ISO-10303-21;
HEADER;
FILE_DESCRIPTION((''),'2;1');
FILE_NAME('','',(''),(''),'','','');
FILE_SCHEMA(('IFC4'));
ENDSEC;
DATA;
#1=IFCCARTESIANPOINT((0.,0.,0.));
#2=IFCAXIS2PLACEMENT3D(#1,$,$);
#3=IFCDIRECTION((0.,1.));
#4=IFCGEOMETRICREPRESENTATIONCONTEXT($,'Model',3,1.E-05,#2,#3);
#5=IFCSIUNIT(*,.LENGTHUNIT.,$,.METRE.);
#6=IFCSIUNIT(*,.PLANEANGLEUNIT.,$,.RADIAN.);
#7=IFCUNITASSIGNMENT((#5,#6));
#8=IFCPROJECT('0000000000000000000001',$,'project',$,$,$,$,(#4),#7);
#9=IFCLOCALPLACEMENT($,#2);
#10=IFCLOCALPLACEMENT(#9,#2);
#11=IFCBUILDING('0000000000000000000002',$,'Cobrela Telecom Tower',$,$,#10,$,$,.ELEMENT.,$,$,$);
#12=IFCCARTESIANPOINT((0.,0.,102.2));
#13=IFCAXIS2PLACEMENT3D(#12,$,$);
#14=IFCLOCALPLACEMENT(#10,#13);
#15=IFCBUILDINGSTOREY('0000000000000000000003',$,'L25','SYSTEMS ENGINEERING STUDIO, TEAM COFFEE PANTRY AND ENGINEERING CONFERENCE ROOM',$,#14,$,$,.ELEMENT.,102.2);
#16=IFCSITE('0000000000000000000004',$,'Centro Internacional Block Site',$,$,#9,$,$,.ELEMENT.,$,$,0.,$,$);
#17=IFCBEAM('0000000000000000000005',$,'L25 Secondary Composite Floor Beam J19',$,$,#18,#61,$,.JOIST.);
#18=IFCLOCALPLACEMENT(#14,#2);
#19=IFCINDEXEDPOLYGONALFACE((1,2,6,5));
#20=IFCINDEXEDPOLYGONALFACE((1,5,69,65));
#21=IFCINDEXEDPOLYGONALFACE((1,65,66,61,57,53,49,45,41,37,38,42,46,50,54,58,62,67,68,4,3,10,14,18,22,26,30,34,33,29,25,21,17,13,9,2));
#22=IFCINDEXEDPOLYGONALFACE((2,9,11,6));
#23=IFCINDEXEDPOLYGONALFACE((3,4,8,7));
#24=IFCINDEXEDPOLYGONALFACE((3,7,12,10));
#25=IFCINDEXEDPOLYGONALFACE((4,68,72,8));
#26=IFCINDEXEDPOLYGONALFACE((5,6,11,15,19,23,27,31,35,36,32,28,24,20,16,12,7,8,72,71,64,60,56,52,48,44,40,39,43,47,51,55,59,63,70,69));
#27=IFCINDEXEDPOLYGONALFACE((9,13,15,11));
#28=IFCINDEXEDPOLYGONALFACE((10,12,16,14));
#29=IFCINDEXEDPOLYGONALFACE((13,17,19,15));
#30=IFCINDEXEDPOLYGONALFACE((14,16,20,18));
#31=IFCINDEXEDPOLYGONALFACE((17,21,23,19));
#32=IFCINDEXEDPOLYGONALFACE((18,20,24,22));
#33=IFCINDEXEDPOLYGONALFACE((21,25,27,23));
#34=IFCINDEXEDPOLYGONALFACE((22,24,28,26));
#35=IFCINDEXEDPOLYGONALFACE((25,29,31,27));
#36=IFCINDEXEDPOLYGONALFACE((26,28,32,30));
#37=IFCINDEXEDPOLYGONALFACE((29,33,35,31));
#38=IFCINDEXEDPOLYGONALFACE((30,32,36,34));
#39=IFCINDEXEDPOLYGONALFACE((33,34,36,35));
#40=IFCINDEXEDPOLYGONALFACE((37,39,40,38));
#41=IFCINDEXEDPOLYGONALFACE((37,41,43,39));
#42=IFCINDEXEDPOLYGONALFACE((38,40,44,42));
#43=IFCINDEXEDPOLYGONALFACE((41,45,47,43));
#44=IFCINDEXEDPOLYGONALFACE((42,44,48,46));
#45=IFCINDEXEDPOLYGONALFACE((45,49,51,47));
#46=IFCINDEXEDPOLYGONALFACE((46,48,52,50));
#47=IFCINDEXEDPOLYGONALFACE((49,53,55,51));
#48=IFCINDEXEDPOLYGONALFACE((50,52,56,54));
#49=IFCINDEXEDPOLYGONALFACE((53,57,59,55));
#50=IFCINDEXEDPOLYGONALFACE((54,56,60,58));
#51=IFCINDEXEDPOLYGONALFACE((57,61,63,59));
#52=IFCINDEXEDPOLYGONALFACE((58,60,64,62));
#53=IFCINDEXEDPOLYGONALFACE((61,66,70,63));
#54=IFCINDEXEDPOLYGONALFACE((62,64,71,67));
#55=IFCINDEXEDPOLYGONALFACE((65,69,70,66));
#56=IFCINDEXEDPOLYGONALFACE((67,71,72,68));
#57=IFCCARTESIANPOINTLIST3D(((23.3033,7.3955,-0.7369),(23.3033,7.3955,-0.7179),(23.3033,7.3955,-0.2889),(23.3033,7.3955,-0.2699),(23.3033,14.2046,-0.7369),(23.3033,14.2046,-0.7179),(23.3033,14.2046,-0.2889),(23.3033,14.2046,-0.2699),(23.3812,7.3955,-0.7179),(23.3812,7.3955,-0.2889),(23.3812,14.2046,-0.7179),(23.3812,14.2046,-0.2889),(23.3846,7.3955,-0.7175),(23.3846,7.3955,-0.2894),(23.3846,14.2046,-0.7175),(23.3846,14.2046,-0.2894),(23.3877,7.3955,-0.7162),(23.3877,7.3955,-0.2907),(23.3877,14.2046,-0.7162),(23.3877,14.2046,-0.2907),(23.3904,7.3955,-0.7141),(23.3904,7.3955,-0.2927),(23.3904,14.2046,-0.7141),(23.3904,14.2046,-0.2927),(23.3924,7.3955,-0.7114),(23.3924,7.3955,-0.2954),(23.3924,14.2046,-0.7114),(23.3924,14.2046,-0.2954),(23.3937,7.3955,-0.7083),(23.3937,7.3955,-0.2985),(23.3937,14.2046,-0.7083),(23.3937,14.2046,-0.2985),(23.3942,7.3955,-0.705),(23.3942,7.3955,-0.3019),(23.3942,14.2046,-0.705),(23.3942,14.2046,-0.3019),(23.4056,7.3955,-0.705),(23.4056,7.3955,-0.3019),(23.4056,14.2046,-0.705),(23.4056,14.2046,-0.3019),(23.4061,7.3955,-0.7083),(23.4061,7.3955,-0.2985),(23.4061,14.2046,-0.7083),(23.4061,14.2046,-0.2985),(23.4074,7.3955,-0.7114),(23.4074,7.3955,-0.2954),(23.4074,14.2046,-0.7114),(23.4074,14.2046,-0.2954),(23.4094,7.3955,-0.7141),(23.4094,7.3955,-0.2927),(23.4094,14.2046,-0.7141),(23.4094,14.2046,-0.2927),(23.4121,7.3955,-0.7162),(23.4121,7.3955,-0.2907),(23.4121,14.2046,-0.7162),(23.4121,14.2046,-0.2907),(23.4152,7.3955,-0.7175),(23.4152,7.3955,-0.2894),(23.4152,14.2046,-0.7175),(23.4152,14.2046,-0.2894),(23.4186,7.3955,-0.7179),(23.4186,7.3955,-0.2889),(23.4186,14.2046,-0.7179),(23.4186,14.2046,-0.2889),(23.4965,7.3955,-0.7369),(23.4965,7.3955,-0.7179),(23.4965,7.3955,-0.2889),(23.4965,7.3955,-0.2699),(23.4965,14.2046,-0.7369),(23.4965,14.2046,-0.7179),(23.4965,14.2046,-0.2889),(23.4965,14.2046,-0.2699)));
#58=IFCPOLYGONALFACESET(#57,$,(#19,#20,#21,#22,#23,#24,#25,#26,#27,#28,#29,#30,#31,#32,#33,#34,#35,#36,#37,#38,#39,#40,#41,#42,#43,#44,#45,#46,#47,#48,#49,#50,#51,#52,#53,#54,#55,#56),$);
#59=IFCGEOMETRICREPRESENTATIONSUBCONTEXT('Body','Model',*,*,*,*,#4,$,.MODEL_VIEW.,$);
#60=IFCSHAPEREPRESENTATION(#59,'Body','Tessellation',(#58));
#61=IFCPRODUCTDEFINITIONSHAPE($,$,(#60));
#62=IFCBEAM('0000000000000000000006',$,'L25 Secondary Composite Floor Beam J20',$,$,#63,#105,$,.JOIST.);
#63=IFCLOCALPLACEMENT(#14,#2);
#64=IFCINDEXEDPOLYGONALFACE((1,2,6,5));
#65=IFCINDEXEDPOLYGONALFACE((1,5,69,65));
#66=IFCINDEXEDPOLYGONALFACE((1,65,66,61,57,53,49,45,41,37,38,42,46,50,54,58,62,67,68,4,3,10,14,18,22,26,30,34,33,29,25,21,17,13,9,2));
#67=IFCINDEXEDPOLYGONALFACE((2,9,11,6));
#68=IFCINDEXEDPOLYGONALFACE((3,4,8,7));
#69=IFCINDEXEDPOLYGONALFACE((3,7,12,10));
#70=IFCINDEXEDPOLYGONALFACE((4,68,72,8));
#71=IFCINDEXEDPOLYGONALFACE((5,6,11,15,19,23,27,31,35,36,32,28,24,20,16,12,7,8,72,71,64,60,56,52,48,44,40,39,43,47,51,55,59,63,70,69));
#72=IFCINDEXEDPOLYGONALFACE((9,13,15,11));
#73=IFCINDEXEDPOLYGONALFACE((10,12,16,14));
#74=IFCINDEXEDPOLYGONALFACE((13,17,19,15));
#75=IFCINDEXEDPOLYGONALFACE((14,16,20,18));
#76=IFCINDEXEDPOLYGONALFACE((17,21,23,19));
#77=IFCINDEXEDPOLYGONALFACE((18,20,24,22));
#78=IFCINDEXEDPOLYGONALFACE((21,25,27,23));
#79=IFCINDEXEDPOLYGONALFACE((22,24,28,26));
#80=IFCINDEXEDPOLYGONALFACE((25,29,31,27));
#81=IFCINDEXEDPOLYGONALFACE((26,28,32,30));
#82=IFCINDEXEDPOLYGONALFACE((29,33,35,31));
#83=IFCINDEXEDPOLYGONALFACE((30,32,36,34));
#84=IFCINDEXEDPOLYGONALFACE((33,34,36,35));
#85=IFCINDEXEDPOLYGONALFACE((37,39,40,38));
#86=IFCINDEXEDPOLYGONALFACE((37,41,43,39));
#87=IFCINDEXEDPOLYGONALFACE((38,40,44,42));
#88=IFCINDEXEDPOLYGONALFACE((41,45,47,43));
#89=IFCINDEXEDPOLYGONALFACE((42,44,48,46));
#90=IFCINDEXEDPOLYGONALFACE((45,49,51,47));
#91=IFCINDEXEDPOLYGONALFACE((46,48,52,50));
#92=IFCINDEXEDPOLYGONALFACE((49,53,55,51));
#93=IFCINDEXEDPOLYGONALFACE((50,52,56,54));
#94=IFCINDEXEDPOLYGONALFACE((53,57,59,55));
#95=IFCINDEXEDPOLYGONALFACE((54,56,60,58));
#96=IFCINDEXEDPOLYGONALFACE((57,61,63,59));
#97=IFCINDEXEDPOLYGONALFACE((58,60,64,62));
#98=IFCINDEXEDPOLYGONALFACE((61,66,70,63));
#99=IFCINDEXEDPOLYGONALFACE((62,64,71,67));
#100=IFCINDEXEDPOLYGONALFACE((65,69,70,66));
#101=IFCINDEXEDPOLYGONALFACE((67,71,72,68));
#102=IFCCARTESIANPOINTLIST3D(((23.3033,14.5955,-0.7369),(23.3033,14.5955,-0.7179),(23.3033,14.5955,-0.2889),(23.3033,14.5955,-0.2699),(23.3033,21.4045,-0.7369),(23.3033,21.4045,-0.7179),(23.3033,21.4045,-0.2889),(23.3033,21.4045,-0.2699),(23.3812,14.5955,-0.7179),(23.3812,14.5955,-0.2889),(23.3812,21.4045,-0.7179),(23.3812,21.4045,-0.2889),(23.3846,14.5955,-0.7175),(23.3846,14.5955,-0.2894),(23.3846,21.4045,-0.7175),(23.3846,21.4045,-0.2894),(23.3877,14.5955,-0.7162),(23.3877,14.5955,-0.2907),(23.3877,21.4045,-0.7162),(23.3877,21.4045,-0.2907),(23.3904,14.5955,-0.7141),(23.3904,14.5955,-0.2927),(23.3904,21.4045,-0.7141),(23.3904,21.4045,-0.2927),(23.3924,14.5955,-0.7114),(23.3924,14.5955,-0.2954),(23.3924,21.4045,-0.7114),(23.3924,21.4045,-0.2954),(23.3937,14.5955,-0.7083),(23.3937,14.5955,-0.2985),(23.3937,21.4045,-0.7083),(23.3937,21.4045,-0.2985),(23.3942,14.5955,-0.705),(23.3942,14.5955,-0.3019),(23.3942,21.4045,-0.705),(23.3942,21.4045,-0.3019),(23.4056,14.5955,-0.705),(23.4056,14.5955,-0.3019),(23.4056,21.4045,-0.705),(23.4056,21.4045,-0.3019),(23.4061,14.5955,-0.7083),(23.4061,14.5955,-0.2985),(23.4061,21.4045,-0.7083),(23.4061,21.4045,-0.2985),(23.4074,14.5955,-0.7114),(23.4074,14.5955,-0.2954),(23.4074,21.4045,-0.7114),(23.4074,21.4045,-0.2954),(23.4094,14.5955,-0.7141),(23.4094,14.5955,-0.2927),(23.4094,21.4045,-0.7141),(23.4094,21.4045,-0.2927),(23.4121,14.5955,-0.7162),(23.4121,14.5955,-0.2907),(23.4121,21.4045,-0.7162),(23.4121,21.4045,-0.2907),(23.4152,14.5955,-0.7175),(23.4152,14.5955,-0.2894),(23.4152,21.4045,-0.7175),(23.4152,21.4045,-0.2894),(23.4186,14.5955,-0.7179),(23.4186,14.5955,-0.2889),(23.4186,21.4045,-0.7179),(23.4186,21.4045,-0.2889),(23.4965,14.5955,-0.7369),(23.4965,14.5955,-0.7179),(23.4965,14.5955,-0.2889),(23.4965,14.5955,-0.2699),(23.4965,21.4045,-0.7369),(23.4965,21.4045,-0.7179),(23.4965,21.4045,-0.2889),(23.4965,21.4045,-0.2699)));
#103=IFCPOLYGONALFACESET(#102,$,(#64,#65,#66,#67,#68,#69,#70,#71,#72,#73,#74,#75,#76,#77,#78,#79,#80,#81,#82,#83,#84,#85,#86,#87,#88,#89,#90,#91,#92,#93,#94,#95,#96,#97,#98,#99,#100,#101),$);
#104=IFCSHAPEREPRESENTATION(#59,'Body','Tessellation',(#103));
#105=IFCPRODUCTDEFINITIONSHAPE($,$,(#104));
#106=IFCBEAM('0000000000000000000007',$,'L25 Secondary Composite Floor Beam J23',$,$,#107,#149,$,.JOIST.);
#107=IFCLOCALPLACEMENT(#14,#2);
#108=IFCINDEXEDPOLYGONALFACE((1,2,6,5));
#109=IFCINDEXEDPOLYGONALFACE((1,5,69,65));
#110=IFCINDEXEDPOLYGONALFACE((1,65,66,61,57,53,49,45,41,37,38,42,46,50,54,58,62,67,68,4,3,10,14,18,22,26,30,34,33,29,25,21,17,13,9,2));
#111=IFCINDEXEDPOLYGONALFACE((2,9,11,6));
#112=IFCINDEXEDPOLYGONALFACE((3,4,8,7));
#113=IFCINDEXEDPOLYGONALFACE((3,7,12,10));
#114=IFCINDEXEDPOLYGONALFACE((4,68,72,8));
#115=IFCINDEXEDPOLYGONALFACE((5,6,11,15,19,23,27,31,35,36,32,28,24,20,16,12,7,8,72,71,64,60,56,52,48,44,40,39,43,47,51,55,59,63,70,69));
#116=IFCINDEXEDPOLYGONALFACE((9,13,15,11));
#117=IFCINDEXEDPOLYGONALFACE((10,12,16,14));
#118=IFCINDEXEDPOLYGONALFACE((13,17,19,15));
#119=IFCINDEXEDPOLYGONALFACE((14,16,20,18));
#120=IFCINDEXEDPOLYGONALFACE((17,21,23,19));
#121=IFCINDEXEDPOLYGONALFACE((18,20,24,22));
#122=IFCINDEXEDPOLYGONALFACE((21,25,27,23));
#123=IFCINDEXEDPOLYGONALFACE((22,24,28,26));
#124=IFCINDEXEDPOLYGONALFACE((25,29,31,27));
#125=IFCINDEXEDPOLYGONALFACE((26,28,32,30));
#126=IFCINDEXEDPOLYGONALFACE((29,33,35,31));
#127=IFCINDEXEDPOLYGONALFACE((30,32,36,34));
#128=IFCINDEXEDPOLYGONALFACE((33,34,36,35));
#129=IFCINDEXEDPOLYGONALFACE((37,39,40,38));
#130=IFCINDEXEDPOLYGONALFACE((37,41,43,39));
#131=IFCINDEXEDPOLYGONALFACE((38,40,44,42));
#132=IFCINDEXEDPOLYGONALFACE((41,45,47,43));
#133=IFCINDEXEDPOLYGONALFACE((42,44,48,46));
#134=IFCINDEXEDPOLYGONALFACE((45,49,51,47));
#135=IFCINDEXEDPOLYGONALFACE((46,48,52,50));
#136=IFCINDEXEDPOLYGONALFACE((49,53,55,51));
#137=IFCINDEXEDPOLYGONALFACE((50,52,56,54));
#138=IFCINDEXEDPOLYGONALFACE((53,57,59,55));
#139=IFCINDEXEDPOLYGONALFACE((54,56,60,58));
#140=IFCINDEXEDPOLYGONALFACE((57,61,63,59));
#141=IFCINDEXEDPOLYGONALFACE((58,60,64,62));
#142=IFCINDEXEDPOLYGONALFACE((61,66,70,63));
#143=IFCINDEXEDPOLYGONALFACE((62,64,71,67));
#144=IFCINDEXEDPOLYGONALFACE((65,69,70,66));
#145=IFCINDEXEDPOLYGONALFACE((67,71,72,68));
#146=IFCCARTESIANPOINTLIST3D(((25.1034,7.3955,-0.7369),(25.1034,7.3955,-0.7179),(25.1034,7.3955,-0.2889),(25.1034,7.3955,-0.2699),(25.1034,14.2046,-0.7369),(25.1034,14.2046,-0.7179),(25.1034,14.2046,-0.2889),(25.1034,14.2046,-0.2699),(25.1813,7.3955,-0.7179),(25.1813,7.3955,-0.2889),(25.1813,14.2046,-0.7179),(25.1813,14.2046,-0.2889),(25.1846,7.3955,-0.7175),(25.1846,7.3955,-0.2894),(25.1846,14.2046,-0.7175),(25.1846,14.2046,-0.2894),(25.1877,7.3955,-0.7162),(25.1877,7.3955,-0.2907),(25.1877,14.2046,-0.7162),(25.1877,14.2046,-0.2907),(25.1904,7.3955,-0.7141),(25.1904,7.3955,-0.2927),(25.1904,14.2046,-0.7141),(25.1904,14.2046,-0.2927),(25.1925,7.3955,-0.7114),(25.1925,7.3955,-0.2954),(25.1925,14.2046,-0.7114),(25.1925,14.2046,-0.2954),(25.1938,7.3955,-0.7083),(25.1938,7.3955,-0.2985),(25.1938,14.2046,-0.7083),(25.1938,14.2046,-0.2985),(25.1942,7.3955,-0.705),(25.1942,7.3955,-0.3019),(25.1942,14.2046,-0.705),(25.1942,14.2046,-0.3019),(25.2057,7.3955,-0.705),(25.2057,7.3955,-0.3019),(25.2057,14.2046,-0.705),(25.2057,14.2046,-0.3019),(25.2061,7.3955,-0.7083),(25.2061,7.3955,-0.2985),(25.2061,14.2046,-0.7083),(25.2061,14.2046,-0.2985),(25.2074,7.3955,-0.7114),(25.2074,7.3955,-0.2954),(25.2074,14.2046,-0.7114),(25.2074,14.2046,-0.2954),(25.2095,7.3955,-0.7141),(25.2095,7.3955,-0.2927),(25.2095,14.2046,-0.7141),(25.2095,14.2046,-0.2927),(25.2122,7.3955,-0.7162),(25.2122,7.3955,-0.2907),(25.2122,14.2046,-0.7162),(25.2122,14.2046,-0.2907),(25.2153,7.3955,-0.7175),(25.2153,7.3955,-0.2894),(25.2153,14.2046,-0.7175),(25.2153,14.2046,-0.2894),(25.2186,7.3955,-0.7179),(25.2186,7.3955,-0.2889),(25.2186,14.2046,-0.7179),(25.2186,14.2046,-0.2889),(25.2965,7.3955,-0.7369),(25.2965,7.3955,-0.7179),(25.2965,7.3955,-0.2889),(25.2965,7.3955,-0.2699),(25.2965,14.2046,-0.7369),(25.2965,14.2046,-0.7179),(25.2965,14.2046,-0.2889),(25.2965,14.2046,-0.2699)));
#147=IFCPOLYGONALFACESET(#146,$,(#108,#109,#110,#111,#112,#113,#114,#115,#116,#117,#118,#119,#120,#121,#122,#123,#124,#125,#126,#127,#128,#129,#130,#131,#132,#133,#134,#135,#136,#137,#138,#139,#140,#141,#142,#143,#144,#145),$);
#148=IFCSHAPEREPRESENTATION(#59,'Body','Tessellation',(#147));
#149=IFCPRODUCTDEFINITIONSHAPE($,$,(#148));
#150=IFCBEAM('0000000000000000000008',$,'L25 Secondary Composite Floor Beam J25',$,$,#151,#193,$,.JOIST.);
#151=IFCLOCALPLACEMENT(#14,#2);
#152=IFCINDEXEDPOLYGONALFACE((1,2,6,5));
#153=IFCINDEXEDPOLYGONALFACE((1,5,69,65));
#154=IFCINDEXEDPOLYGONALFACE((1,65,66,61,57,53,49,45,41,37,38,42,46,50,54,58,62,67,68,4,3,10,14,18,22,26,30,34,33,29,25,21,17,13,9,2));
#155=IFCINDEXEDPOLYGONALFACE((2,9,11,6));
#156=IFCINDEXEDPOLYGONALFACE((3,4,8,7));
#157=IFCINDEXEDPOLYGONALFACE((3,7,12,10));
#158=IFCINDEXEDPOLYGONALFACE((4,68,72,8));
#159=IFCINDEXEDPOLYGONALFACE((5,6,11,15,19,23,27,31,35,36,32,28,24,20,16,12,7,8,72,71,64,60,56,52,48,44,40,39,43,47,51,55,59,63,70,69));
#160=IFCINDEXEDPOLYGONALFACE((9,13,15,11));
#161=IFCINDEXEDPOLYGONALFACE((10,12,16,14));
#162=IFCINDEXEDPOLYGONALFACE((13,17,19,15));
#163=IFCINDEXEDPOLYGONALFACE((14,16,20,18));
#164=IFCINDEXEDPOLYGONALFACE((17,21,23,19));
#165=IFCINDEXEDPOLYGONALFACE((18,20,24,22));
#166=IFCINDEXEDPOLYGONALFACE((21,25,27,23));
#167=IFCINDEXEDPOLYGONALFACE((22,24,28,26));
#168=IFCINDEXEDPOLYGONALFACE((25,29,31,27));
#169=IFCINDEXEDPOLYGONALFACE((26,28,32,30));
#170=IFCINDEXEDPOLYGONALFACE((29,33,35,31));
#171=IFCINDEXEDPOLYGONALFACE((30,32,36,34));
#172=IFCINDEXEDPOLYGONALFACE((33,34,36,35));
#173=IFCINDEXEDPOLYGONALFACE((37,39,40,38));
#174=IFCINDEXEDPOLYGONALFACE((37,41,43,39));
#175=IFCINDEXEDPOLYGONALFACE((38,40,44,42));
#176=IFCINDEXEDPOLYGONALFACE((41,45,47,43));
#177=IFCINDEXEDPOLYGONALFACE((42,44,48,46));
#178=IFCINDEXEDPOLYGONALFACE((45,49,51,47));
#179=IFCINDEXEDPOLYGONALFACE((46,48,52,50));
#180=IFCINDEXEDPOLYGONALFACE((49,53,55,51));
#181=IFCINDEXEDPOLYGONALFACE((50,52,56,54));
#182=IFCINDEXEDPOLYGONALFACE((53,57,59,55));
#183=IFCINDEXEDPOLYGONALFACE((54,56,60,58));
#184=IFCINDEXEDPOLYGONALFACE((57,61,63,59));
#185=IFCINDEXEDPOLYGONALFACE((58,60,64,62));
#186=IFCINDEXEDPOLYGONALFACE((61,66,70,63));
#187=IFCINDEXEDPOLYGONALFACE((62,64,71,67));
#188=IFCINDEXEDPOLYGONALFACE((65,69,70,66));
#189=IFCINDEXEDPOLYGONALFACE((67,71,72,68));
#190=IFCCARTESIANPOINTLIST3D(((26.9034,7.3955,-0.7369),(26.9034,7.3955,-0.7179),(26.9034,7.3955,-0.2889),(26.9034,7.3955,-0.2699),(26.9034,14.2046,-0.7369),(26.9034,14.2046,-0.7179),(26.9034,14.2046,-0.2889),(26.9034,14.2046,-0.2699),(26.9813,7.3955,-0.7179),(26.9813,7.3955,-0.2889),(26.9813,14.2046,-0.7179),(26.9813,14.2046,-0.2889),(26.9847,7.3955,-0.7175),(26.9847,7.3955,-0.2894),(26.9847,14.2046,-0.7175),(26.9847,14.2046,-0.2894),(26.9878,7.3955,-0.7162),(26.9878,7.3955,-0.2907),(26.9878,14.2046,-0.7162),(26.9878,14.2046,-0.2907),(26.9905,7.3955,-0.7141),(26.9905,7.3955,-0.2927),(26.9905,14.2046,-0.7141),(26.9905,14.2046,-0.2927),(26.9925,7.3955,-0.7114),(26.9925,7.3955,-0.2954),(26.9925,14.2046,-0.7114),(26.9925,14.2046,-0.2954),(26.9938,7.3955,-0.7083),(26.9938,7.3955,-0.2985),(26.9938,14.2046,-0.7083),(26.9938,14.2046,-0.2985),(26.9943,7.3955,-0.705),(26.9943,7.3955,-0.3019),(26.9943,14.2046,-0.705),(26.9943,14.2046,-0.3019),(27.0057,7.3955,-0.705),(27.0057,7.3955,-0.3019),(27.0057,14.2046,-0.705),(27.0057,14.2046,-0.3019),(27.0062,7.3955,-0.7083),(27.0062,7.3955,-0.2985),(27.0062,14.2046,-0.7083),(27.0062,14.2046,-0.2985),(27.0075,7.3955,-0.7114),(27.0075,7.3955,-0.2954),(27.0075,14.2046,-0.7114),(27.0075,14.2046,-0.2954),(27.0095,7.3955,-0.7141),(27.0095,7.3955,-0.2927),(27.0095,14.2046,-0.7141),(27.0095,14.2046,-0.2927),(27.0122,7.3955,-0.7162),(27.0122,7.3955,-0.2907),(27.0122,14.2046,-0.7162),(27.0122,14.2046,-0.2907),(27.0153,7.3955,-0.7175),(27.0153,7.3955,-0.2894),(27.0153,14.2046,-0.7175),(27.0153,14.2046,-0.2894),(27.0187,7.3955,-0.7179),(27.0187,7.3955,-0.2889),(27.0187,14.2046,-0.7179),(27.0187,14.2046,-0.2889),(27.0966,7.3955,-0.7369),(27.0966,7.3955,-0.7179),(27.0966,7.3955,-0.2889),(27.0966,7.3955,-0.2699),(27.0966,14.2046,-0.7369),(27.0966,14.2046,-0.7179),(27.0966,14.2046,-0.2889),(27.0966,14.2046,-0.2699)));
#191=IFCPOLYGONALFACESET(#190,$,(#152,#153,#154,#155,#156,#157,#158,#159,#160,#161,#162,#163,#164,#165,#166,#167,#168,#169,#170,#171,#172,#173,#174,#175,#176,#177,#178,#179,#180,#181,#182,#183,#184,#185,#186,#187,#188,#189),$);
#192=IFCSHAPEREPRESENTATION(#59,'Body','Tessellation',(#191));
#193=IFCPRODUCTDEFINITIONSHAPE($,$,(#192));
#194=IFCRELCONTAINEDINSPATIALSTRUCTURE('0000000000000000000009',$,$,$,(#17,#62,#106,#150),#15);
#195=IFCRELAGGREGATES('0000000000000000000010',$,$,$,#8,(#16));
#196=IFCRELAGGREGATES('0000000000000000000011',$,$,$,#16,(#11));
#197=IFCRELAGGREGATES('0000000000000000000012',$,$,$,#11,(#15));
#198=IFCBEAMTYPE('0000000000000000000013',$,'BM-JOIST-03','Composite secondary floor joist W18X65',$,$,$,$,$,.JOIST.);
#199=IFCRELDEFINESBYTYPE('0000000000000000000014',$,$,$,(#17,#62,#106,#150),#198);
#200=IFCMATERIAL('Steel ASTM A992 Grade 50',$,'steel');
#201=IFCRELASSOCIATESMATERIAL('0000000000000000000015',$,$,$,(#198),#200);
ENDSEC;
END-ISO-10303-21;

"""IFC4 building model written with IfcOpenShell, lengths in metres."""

from ifc_helpers import new_model, si_unit, direction, frame, origin, origin_2d, place, context, subcontext, project, spatial, i_section, extrude, material, material_profile, profile_set, type_object, element, save


model = new_model("IFC4")

# Units and contexts
model_context = context("Model", 3, precision=1e-05, world=origin(), true_north=direction((0.0, 1.0)))
body_context = subcontext(model_context, "Body", "Model", "MODEL_VIEW")
ifc_project = project(units=[si_unit("LENGTHUNIT", "METRE"), si_unit("PLANEANGLEUNIT", "RADIAN")], contexts=[model_context])

# Site, building, storey
site_placement = place(None, origin())
site = spatial("IfcSite", under=ifc_project, at=site_placement, Name="Centro Internacional Block Site", CompositionType="ELEMENT", RefElevation=0.0)
building_placement = place(site_placement, origin())
building = spatial("IfcBuilding", under=site, at=building_placement, Name="Cobrela Telecom Tower", CompositionType="ELEMENT")
storey_placement = place(building_placement, frame((0.0, 0.0, 102.2)))
storey = spatial("IfcBuildingStorey", under=building, at=storey_placement, Name="L25", Description="SYSTEMS ENGINEERING STUDIO, TEAM COFFEE PANTRY AND ENGINEERING CONFERENCE ROOM", CompositionType="ELEMENT", Elevation=102.2)

# Shared definitions
ifc_material_1 = material(Name="Steel ASTM A992 Grade 50", Category="steel")

# Beams
ifc_material_profile_1 = material_profile(ifc_material_1, i_section(OverallWidth=0.1931, OverallDepth=0.467, WebThickness=0.0115, FlangeThickness=0.019, FilletRadius=0.0129, at=origin_2d()), Name="W18X65")
ifc_profile_set_1 = profile_set([ifc_material_profile_1], Name="Steel ASTM A992 Grade 50")
beam_type_1 = type_object("IfcBeamType", Name="BM-JOIST-03", Description="Composite secondary floor joist W18X65", PredefinedType="JOIST", material=ifc_profile_set_1)
for number, where, z_axis, x_axis, name in (
    (1, (23.3999, 7.3955, -0.5034), (0.0, 1.0, 0.0), (-1.0, 0.0, 0.0), "L25 Secondary Composite Floor Beam J19"),
    (2, (23.3999, 14.5955, -0.5034), (0.0, 1.0, 0.0), (-1.0, 0.0, 0.0), "L25 Secondary Composite Floor Beam J20"),
    (3, (25.2, 7.3955, -0.5034), (0.0, 1.0, 0.0), (-1.0, 0.0, 0.0), "L25 Secondary Composite Floor Beam J23"),
    (4, (27.0, 7.3955, -0.5034), (0.0, 1.0, 0.0), (-1.0, 0.0, 0.0), "L25 Secondary Composite Floor Beam J25"),
):
    element("IfcBeam", number, at=place(storey_placement, frame(where, z_axis=z_axis, x_axis=x_axis)), inside=storey, type_object=beam_type_1, Name=name, PredefinedType="JOIST", context=body_context, shape_type="SweptSolid", body=[
        extrude(i_section(OverallWidth=0.1931, OverallDepth=0.467, WebThickness=0.0115, FlangeThickness=0.019, FilletRadius=0.0129, at=origin_2d()), origin(), (0.0, 0.0, 1.0), 6.8091),
    ])

save(model, "model.ifc")
